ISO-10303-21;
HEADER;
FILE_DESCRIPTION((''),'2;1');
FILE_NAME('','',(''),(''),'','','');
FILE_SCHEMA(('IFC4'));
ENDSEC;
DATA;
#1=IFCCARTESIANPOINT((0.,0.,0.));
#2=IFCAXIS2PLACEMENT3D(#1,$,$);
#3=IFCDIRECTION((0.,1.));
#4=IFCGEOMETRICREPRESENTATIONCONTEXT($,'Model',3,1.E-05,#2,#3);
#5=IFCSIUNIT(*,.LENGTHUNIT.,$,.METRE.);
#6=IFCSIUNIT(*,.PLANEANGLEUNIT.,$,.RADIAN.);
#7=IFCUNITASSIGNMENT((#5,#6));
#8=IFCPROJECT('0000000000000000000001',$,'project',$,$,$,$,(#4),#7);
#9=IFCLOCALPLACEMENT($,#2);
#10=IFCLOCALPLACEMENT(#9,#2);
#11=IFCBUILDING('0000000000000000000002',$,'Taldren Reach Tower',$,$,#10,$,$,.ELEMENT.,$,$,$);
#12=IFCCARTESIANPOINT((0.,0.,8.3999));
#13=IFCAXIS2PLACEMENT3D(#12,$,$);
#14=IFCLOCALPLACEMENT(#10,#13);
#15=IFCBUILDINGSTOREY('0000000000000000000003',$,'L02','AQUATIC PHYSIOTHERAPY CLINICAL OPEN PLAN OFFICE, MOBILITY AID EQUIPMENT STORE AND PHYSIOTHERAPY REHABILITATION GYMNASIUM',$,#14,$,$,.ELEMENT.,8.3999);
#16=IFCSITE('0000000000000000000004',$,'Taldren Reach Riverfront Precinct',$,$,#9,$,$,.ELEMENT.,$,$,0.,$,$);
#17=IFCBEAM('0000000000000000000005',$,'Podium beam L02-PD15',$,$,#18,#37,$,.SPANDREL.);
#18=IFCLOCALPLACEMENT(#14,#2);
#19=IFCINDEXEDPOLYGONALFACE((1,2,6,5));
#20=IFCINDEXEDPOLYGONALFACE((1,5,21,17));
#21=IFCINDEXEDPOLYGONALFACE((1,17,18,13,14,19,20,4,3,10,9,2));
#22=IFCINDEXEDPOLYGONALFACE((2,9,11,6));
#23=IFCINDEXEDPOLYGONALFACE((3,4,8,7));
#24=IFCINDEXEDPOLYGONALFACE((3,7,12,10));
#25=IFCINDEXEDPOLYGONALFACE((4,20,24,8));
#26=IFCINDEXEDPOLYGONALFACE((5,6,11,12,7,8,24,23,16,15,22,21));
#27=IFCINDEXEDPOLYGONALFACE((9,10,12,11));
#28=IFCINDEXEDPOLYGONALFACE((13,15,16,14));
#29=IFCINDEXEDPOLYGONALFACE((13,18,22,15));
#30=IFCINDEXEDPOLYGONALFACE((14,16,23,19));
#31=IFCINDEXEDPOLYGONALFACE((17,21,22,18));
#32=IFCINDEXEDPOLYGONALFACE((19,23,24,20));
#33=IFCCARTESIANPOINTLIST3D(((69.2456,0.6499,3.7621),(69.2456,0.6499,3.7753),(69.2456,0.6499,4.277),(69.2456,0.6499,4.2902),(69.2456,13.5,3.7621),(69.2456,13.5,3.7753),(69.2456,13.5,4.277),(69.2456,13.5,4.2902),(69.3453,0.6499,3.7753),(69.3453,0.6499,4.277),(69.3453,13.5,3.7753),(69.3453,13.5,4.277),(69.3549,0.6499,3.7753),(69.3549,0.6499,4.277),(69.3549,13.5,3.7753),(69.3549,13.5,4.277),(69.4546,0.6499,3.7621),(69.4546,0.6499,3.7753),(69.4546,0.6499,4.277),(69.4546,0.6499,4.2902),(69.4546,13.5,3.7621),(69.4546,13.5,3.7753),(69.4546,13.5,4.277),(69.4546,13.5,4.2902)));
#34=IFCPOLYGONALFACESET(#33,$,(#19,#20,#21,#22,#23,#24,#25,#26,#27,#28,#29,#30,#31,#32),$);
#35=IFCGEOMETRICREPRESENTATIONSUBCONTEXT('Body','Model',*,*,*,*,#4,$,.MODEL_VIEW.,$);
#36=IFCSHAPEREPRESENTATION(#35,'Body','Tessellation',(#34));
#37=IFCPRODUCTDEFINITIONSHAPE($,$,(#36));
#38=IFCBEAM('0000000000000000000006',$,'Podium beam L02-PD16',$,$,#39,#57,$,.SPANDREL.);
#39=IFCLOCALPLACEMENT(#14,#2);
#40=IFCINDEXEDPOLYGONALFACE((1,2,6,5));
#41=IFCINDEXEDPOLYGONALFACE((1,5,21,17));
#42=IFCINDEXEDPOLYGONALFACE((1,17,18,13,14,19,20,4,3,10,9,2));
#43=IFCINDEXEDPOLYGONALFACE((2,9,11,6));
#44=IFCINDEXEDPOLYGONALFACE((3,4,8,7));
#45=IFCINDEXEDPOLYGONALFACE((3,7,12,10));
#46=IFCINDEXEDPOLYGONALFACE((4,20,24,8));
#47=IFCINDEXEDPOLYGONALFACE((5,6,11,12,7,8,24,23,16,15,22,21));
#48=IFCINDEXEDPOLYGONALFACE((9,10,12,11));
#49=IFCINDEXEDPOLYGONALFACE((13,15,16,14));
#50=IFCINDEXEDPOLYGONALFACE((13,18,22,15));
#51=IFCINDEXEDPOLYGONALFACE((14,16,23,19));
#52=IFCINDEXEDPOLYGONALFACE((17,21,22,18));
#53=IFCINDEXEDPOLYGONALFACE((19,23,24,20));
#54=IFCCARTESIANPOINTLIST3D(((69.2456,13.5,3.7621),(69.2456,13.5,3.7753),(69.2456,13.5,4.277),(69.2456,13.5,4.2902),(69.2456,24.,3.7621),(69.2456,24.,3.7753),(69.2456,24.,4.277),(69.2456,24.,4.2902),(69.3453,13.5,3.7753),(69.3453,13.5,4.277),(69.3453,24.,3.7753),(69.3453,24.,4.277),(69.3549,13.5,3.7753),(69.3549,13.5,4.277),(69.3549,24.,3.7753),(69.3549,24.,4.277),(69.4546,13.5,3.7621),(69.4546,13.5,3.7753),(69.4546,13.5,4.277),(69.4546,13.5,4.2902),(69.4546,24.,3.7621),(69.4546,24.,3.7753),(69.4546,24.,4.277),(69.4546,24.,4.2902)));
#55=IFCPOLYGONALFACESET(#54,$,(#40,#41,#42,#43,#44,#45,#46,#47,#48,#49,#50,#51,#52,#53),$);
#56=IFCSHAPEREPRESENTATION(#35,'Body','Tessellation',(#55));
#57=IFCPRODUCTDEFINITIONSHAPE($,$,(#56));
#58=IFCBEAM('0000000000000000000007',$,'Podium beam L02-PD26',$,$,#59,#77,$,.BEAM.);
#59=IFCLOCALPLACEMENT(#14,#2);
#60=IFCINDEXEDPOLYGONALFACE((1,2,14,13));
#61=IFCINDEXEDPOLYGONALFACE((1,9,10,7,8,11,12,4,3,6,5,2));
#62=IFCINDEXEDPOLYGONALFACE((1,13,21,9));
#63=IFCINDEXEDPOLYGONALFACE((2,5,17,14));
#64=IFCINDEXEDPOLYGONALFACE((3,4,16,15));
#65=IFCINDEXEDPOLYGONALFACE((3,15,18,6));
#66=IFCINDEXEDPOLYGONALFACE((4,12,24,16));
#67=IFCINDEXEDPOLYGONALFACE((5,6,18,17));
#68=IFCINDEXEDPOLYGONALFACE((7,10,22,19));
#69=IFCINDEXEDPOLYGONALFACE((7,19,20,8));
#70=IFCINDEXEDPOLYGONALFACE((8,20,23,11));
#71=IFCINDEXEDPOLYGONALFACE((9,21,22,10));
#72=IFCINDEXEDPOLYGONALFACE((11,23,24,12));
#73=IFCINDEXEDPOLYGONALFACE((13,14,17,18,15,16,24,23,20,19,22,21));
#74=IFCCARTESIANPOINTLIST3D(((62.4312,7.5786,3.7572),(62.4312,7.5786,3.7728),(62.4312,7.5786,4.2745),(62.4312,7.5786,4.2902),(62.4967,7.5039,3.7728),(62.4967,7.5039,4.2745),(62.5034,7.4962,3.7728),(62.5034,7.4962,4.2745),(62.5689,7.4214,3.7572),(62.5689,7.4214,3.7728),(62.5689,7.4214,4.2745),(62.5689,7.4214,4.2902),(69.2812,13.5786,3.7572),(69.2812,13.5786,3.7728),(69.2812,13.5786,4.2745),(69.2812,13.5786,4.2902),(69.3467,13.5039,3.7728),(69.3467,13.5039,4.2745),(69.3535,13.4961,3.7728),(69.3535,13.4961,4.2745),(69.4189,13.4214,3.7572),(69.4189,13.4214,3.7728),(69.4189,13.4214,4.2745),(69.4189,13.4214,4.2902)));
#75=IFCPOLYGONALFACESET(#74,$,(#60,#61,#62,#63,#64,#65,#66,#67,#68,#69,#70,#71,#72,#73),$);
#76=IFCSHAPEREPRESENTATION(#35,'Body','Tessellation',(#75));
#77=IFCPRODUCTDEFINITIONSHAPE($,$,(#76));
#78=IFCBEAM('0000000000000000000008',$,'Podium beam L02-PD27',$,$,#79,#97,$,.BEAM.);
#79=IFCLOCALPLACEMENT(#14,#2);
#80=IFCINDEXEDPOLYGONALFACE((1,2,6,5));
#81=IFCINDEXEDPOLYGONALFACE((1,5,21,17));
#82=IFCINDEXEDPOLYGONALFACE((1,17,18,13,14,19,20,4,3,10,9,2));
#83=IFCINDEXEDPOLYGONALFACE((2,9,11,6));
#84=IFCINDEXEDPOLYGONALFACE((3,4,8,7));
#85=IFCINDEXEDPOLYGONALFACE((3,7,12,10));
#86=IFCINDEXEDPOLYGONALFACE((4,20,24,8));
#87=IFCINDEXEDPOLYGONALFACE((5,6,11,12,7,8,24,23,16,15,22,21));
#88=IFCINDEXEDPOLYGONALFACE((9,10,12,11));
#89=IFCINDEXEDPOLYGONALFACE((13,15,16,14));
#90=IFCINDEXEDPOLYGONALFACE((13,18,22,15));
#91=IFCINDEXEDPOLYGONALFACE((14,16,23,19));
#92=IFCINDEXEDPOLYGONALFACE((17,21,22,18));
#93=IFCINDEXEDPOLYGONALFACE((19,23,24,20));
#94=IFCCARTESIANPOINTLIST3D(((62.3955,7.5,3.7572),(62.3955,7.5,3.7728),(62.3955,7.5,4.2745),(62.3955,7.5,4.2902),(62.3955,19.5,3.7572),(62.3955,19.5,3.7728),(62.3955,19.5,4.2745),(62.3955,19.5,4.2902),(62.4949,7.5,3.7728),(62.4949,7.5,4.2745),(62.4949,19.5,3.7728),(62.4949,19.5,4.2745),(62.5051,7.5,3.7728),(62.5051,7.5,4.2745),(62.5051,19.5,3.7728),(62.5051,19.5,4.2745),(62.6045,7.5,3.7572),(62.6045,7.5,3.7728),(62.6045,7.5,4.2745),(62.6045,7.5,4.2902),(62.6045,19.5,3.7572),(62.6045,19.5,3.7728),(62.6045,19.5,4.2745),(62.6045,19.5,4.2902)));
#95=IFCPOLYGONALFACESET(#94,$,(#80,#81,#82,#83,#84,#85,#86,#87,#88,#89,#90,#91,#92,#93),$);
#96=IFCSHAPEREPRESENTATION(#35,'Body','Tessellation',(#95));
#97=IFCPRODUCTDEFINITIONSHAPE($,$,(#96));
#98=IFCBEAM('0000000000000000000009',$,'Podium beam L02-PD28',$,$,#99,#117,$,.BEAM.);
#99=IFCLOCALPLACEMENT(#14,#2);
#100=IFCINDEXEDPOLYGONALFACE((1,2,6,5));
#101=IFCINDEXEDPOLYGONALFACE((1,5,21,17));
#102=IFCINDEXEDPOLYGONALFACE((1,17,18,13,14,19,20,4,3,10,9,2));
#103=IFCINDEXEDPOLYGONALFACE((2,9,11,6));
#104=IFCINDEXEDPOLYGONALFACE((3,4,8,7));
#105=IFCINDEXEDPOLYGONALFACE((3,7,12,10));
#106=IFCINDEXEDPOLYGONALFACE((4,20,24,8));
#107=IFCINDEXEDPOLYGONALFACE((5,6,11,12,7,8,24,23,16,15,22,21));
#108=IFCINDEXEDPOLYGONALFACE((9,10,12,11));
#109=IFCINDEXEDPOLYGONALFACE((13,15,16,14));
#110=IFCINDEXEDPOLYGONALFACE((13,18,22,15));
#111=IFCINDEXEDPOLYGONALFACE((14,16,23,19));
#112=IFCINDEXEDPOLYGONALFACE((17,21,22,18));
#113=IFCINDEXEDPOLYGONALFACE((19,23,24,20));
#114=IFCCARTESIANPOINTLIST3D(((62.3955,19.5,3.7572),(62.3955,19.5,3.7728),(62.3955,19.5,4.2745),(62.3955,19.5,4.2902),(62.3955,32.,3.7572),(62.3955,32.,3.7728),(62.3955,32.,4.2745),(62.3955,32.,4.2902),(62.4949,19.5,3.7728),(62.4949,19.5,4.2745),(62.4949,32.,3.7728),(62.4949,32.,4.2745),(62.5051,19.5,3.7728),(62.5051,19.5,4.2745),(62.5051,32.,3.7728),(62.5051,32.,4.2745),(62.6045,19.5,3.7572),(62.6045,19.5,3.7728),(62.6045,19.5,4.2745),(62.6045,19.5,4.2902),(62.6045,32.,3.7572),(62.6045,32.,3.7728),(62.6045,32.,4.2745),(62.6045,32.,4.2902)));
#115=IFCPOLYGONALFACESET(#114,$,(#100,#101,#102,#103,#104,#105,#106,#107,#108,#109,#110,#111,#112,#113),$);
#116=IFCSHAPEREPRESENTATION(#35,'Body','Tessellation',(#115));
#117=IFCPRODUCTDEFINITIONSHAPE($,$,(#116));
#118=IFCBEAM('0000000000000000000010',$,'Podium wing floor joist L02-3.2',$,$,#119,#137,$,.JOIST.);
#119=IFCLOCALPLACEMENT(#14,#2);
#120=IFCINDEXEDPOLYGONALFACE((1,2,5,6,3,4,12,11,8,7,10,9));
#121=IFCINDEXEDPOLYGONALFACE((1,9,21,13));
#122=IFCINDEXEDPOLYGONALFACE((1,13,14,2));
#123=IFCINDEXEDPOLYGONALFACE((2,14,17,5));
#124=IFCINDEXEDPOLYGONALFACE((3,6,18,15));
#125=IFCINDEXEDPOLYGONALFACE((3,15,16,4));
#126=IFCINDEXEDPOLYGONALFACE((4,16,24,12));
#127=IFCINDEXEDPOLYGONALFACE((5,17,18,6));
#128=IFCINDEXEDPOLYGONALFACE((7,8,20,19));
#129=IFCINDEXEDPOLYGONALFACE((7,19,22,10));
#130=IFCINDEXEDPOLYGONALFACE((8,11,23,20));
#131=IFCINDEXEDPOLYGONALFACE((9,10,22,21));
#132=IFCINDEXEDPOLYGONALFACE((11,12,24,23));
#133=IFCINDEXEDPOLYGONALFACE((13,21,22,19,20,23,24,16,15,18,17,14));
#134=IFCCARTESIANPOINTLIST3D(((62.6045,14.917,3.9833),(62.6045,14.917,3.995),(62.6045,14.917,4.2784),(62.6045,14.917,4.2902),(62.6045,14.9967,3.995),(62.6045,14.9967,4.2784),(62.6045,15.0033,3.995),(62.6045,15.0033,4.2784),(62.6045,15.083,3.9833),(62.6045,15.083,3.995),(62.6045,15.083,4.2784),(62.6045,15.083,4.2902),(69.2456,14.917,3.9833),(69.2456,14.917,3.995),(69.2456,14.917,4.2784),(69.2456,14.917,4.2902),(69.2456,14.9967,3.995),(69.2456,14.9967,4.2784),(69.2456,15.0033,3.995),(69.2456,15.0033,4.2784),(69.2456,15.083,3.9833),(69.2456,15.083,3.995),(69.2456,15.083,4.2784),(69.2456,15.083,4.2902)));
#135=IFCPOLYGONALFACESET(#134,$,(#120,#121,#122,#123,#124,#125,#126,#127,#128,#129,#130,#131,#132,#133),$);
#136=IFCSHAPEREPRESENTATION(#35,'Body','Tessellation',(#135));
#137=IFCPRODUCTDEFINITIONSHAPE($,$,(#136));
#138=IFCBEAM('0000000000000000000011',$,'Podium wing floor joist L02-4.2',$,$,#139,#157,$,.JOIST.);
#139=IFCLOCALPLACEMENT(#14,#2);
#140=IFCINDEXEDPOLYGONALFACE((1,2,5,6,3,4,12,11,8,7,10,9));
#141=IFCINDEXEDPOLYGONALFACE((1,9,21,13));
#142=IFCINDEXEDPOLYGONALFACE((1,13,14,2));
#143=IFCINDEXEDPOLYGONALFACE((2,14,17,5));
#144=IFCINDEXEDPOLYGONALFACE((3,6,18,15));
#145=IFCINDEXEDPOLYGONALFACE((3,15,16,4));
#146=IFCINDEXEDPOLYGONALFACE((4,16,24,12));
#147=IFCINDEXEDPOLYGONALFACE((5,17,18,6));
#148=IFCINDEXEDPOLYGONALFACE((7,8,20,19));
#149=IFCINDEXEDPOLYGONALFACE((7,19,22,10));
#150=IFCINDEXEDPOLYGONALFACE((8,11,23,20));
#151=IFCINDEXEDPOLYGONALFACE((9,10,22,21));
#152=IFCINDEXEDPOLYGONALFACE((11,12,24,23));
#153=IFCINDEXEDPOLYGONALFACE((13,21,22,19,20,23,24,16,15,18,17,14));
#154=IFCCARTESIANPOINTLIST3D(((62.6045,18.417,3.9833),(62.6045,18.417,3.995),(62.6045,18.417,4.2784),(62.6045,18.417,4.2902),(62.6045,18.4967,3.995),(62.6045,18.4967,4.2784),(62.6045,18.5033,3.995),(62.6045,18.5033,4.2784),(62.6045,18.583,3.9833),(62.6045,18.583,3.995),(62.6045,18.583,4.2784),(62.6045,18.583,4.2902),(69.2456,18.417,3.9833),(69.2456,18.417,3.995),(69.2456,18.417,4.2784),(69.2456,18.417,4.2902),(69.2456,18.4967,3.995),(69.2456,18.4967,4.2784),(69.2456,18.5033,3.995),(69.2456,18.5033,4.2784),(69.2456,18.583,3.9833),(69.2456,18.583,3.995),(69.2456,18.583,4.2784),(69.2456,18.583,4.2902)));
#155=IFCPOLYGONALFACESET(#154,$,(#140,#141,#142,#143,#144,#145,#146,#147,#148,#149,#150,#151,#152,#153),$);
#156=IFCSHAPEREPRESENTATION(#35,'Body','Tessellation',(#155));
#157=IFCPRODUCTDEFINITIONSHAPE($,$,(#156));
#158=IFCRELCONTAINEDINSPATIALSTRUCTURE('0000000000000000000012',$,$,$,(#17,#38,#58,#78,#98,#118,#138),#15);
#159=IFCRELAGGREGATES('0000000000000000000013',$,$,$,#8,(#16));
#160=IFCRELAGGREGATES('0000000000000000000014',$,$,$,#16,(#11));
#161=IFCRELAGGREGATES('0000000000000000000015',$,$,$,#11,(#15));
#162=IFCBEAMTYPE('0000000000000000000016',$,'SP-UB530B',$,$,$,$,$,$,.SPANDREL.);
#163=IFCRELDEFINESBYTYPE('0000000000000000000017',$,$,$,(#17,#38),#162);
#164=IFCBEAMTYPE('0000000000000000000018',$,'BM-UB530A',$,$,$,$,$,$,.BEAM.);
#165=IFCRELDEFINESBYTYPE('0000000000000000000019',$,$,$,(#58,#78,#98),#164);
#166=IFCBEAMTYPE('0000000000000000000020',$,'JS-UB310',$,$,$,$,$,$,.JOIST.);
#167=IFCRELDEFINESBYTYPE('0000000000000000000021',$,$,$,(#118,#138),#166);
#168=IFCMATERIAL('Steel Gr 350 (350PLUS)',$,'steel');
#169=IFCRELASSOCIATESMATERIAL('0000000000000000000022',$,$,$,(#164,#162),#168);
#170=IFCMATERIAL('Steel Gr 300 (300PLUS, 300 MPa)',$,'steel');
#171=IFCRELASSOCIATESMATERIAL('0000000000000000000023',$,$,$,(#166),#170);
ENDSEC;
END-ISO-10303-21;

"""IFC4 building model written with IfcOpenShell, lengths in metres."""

from ifc_helpers import new_model, si_unit, direction, frame, origin, origin_2d, place, context, subcontext, project, spatial, i_section, extrude, source, transform, mapped, material, material_profile, profile_set, type_object, element, save


model = new_model("IFC4")

# Units and contexts
model_context = context("Model", 3, precision=1e-05, world=origin(), true_north=direction((0.0, 1.0)))
body_context = subcontext(model_context, "Body", "Model", "MODEL_VIEW")
ifc_project = project(units=[si_unit("LENGTHUNIT", "METRE"), si_unit("PLANEANGLEUNIT", "RADIAN")], contexts=[model_context])

# Site, building, storey
site_placement = place(None, origin())
site = spatial("IfcSite", under=ifc_project, at=site_placement, Name="Taldren Reach Riverfront Precinct", CompositionType="ELEMENT", RefElevation=0.0)
building_placement = place(site_placement, origin())
building = spatial("IfcBuilding", under=site, at=building_placement, Name="Taldren Reach Tower", CompositionType="ELEMENT")
storey_placement = place(building_placement, frame((0.0, 0.0, 8.3999)))
storey = spatial("IfcBuildingStorey", under=building, at=storey_placement, Name="L02", Description="AQUATIC PHYSIOTHERAPY CLINICAL OPEN PLAN OFFICE, MOBILITY AID EQUIPMENT STORE AND PHYSIOTHERAPY REHABILITATION GYMNASIUM", CompositionType="ELEMENT", Elevation=8.3999)

# Shared definitions
ifc_material_1 = material(Name="Steel Gr 350 (350PLUS)", Category="steel")

# Beams
ifc_material_profile_1 = material_profile(ifc_material_1, i_section(OverallWidth=0.209, OverallDepth=0.533, WebThickness=0.0103, FlangeThickness=0.0156, at=origin_2d()), Name="530UB92.4")
ifc_profile_set_1 = profile_set([ifc_material_profile_1], Name="Steel Gr 350 (350PLUS)")
beam_type_1 = type_object("IfcBeamType", Name="BM-UB530A", PredefinedType="BEAM", material=ifc_profile_set_1)
ifc_material_profile_2 = material_profile(ifc_material_1, i_section(OverallWidth=0.209, OverallDepth=0.5281, WebThickness=0.0095, FlangeThickness=0.0132, at=origin_2d()), Name="530UB82.0")
ifc_profile_set_2 = profile_set([ifc_material_profile_2], Name="Steel Gr 350 (350PLUS)")
beam_type_2 = type_object("IfcBeamType", Name="SP-UB530B", PredefinedType="SPANDREL", material=ifc_profile_set_2)
shared_shape_1 = source(origin(), body_context, "Body", "SweptSolid", [
    extrude(i_section(OverallWidth=0.209, OverallDepth=0.5281, WebThickness=0.0095, FlangeThickness=0.0132, at=origin_2d()), origin(), (0.0, 0.0, 1.0), 12.8501),
])
beam_1_placement = place(storey_placement, frame((69.3501, 0.6499, 4.0261), z_axis=(0.0, 1.0, 0.0), x_axis=(-1.0, 0.0, 0.0)))
element("IfcBeam", 1, at=beam_1_placement, inside=storey, type_object=beam_type_2, Name="Podium beam L02-PD15", PredefinedType="SPANDREL", context=body_context, shape_type="MappedRepresentation", body=[
    mapped(shared_shape_1, transform((0.0, 0.0, 0.0), scale=1.0)),
])
shared_shape_2 = source(origin(), body_context, "Body", "SweptSolid", [
    extrude(i_section(OverallWidth=0.209, OverallDepth=0.5281, WebThickness=0.0095, FlangeThickness=0.0132, at=origin_2d()), origin(), (0.0, 0.0, 1.0), 10.5),
])
beam_2_placement = place(storey_placement, frame((69.3501, 13.5, 4.0261), z_axis=(0.0, 1.0, 0.0), x_axis=(-1.0, 0.0, 0.0)))
element("IfcBeam", 2, at=beam_2_placement, inside=storey, type_object=beam_type_2, Name="Podium beam L02-PD16", PredefinedType="SPANDREL", context=body_context, shape_type="MappedRepresentation", body=[
    mapped(shared_shape_2, transform((0.0, 0.0, 0.0), scale=1.0)),
])
shared_shape_3 = source(origin(), body_context, "Body", "SweptSolid", [
    extrude(i_section(OverallWidth=0.209, OverallDepth=0.533, WebThickness=0.0103, FlangeThickness=0.0156, at=origin_2d()), origin(), (0.0, 0.0, 1.0), 9.1062),
])
beam_3_placement = place(storey_placement, frame((69.3501, 13.5, 4.0237), z_axis=(-0.752241, -0.658888, 0.0), x_axis=(0.658888, -0.752241, 0.0)))
element("IfcBeam", 3, at=beam_3_placement, inside=storey, type_object=beam_type_1, Name="Podium beam L02-PD26", PredefinedType="BEAM", context=body_context, shape_type="MappedRepresentation", body=[
    mapped(shared_shape_3, transform((0.0, 0.0, 0.0), scale=1.0)),
])
shared_shape_4 = source(origin(), body_context, "Body", "SweptSolid", [
    extrude(i_section(OverallWidth=0.209, OverallDepth=0.533, WebThickness=0.0103, FlangeThickness=0.0156, at=origin_2d()), origin(), (0.0, 0.0, 1.0), 12.0),
])
beam_4_placement = place(storey_placement, frame((62.5, 7.5, 4.0237), z_axis=(0.0, 1.0, 0.0), x_axis=(-1.0, 0.0, 0.0)))
element("IfcBeam", 4, at=beam_4_placement, inside=storey, type_object=beam_type_1, Name="Podium beam L02-PD27", PredefinedType="BEAM", context=body_context, shape_type="MappedRepresentation", body=[
    mapped(shared_shape_4, transform((0.0, 0.0, 0.0), scale=1.0)),
])
shared_shape_5 = source(origin(), body_context, "Body", "SweptSolid", [
    extrude(i_section(OverallWidth=0.209, OverallDepth=0.533, WebThickness=0.0103, FlangeThickness=0.0156, at=origin_2d()), origin(), (0.0, 0.0, 1.0), 12.5),
])
beam_5_placement = place(storey_placement, frame((62.5, 19.5, 4.0237), z_axis=(0.0, 1.0, 0.0), x_axis=(-1.0, 0.0, 0.0)))
element("IfcBeam", 5, at=beam_5_placement, inside=storey, type_object=beam_type_1, Name="Podium beam L02-PD28", PredefinedType="BEAM", context=body_context, shape_type="MappedRepresentation", body=[
    mapped(shared_shape_5, transform((0.0, 0.0, 0.0), scale=1.0)),
])
ifc_material_2 = material(Name="Steel Gr 300 (300PLUS, 300 MPa)", Category="steel")
ifc_material_profile_3 = material_profile(ifc_material_2, i_section(OverallWidth=0.166, OverallDepth=0.3069, WebThickness=0.0066, FlangeThickness=0.0117, at=origin_2d()), Name="310UB46.2")
ifc_profile_set_3 = profile_set([ifc_material_profile_3], Name="Steel Gr 300 (300PLUS, 300 MPa)")
beam_type_3 = type_object("IfcBeamType", Name="JS-UB310", PredefinedType="JOIST", material=ifc_profile_set_3)
shared_shape_6 = source(origin(), body_context, "Body", "SweptSolid", [
    extrude(i_section(OverallWidth=0.166, OverallDepth=0.3069, WebThickness=0.0066, FlangeThickness=0.0117, at=origin_2d()), origin(), (0.0, 0.0, 1.0), 6.6411),
])
for number, where, z_axis, x_axis, name in (
    (6, (62.6045, 15.0, 4.1367), (1.0, 0.0, 0.0), (0.0, 1.0, 0.0), "Podium wing floor joist L02-3.2"),
    (7, (62.6045, 18.5, 4.1367), (1.0, 0.0, 0.0), (0.0, 1.0, 0.0), "Podium wing floor joist L02-4.2"),
):
    element("IfcBeam", number, at=place(storey_placement, frame(where, z_axis=z_axis, x_axis=x_axis)), inside=storey, type_object=beam_type_3, Name=name, PredefinedType="JOIST", context=body_context, shape_type="MappedRepresentation", body=[
        mapped(shared_shape_6, transform((0.0, 0.0, 0.0), scale=1.0)),
    ])

save(model, "model.ifc")
